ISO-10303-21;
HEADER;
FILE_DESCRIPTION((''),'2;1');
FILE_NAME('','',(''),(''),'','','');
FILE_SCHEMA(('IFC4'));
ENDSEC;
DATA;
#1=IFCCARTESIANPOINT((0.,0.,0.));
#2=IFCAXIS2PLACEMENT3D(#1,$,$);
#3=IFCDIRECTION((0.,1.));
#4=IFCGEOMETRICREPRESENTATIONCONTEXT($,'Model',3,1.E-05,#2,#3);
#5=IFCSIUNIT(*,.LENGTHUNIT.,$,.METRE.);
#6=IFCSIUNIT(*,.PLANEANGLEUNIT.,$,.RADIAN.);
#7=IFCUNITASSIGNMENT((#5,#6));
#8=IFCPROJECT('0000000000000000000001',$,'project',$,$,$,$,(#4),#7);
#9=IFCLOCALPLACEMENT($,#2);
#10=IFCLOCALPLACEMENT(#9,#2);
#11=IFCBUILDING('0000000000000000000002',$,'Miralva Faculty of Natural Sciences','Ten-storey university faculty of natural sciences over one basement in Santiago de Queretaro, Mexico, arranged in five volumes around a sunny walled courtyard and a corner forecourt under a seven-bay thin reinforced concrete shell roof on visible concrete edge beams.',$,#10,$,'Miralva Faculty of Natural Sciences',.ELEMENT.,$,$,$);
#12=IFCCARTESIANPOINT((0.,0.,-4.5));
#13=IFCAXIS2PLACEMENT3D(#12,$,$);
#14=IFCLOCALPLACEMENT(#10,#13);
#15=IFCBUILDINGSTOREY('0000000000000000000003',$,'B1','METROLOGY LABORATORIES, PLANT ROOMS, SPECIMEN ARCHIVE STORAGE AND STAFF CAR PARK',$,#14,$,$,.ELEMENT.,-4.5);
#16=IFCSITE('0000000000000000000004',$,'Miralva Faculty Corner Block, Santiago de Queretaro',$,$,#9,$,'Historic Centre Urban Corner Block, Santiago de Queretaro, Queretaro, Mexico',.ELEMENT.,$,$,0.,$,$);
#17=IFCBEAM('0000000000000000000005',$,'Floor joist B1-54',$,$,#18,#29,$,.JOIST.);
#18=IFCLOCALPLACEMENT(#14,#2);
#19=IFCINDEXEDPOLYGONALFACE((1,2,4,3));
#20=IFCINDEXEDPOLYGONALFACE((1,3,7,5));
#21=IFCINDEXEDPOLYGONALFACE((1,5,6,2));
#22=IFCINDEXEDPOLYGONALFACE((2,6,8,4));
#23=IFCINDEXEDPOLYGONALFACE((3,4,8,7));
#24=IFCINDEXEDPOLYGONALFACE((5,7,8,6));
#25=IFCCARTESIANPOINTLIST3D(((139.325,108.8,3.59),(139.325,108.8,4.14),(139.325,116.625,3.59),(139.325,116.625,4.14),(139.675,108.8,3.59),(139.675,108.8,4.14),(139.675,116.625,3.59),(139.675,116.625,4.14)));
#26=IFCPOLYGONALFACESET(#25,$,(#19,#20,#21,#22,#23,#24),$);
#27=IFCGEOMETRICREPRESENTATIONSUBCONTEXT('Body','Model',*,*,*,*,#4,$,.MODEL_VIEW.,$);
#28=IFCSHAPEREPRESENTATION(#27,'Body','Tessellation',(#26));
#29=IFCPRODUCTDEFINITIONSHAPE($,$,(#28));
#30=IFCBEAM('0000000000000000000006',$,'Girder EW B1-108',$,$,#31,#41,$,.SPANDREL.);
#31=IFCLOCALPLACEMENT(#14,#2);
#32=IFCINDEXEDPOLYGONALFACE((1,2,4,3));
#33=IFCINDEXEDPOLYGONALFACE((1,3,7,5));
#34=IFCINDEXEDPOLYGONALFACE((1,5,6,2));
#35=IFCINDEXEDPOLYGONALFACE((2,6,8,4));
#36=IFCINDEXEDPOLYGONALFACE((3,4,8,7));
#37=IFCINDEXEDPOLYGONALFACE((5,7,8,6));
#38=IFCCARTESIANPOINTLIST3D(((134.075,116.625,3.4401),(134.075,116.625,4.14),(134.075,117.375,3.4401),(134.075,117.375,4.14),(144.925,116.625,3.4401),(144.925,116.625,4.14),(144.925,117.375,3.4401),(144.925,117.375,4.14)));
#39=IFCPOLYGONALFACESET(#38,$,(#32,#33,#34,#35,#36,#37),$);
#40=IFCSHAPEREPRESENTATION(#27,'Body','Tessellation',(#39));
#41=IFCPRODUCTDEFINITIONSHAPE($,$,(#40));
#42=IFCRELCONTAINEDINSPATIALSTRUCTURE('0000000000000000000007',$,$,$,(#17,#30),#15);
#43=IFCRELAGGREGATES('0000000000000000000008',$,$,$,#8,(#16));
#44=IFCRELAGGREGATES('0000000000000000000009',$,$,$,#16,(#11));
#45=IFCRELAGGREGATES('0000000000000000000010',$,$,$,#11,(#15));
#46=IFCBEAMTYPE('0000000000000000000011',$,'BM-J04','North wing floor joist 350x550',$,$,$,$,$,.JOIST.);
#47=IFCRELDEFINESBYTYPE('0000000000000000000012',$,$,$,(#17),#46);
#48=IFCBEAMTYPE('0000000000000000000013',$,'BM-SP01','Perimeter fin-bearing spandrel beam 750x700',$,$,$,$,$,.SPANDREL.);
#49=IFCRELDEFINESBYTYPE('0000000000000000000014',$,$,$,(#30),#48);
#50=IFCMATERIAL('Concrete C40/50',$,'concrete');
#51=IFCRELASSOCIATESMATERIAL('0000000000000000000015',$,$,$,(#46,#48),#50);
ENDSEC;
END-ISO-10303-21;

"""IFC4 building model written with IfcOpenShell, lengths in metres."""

from ifc_helpers import new_model, si_unit, direction, frame, origin, origin_2d, place, context, subcontext, project, spatial, rectangle, extrude, material, material_profile, profile_set, type_object, element, save


model = new_model("IFC4")

# Units and contexts
model_context = context("Model", 3, precision=1e-05, world=origin(), true_north=direction((0.0, 1.0)))
body_context = subcontext(model_context, "Body", "Model", "MODEL_VIEW")
ifc_project = project(units=[si_unit("LENGTHUNIT", "METRE"), si_unit("PLANEANGLEUNIT", "RADIAN")], contexts=[model_context])

# Site, building, storey
site_placement = place(None, origin())
site = spatial("IfcSite", under=ifc_project, at=site_placement, Name="Miralva Faculty Corner Block, Santiago de Queretaro", LongName="Historic Centre Urban Corner Block, Santiago de Queretaro, Queretaro, Mexico", CompositionType="ELEMENT", RefElevation=0.0)
building_placement = place(site_placement, origin())
building = spatial("IfcBuilding", under=site, at=building_placement, Name="Miralva Faculty of Natural Sciences", Description="Ten-storey university faculty of natural sciences over one basement in Santiago de Queretaro, Mexico, arranged in five volumes around a sunny walled courtyard and a corner forecourt under a seven-bay thin reinforced concrete shell roof on visible concrete edge beams.", LongName="Miralva Faculty of Natural Sciences", CompositionType="ELEMENT")
storey_placement = place(building_placement, frame((0.0, 0.0, -4.5)))
storey = spatial("IfcBuildingStorey", under=building, at=storey_placement, Name="B1", Description="METROLOGY LABORATORIES, PLANT ROOMS, SPECIMEN ARCHIVE STORAGE AND STAFF CAR PARK", CompositionType="ELEMENT", Elevation=-4.5)

# Shared definitions
ifc_material_1 = material(Name="Concrete C40/50", Category="concrete")

# Beams
ifc_material_profile_1 = material_profile(ifc_material_1, rectangle(XDim=0.3501, YDim=0.55, at=origin_2d()), Name="RC 350x550")
ifc_profile_set_1 = profile_set([ifc_material_profile_1], Name="Concrete C40/50")
beam_type_1 = type_object("IfcBeamType", Name="BM-J04", Description="North wing floor joist 350x550", PredefinedType="JOIST", material=ifc_profile_set_1)
beam_1_placement = place(storey_placement, frame((139.5, 108.8, 3.865), z_axis=(0.0, 1.0, 0.0), x_axis=(-1.0, 0.0, 0.0)))
element("IfcBeam", 1, at=beam_1_placement, inside=storey, type_object=beam_type_1, Name="Floor joist B1-54", PredefinedType="JOIST", context=body_context, shape_type="SweptSolid", body=[
    extrude(rectangle(XDim=0.3501, YDim=0.55, at=origin_2d()), origin(), (0.0, 0.0, 1.0), 7.825),
])
ifc_material_profile_2 = material_profile(ifc_material_1, rectangle(XDim=0.75, YDim=0.7, at=origin_2d()), Name="RC 750x700")
ifc_profile_set_2 = profile_set([ifc_material_profile_2], Name="Concrete C40/50")
beam_type_2 = type_object("IfcBeamType", Name="BM-SP01", Description="Perimeter fin-bearing spandrel beam 750x700", PredefinedType="SPANDREL", material=ifc_profile_set_2)
beam_2_placement = place(storey_placement, frame((134.075, 117.0, 3.79), z_axis=(1.0, 0.0, 0.0), x_axis=(0.0, 1.0, 0.0)))
element("IfcBeam", 2, at=beam_2_placement, inside=storey, type_object=beam_type_2, Name="Girder EW B1-108", PredefinedType="SPANDREL", context=body_context, shape_type="SweptSolid", body=[
    extrude(rectangle(XDim=0.75, YDim=0.7, at=origin_2d()), origin(), (0.0, 0.0, 1.0), 10.8501),
])

save(model, "model.ifc")
